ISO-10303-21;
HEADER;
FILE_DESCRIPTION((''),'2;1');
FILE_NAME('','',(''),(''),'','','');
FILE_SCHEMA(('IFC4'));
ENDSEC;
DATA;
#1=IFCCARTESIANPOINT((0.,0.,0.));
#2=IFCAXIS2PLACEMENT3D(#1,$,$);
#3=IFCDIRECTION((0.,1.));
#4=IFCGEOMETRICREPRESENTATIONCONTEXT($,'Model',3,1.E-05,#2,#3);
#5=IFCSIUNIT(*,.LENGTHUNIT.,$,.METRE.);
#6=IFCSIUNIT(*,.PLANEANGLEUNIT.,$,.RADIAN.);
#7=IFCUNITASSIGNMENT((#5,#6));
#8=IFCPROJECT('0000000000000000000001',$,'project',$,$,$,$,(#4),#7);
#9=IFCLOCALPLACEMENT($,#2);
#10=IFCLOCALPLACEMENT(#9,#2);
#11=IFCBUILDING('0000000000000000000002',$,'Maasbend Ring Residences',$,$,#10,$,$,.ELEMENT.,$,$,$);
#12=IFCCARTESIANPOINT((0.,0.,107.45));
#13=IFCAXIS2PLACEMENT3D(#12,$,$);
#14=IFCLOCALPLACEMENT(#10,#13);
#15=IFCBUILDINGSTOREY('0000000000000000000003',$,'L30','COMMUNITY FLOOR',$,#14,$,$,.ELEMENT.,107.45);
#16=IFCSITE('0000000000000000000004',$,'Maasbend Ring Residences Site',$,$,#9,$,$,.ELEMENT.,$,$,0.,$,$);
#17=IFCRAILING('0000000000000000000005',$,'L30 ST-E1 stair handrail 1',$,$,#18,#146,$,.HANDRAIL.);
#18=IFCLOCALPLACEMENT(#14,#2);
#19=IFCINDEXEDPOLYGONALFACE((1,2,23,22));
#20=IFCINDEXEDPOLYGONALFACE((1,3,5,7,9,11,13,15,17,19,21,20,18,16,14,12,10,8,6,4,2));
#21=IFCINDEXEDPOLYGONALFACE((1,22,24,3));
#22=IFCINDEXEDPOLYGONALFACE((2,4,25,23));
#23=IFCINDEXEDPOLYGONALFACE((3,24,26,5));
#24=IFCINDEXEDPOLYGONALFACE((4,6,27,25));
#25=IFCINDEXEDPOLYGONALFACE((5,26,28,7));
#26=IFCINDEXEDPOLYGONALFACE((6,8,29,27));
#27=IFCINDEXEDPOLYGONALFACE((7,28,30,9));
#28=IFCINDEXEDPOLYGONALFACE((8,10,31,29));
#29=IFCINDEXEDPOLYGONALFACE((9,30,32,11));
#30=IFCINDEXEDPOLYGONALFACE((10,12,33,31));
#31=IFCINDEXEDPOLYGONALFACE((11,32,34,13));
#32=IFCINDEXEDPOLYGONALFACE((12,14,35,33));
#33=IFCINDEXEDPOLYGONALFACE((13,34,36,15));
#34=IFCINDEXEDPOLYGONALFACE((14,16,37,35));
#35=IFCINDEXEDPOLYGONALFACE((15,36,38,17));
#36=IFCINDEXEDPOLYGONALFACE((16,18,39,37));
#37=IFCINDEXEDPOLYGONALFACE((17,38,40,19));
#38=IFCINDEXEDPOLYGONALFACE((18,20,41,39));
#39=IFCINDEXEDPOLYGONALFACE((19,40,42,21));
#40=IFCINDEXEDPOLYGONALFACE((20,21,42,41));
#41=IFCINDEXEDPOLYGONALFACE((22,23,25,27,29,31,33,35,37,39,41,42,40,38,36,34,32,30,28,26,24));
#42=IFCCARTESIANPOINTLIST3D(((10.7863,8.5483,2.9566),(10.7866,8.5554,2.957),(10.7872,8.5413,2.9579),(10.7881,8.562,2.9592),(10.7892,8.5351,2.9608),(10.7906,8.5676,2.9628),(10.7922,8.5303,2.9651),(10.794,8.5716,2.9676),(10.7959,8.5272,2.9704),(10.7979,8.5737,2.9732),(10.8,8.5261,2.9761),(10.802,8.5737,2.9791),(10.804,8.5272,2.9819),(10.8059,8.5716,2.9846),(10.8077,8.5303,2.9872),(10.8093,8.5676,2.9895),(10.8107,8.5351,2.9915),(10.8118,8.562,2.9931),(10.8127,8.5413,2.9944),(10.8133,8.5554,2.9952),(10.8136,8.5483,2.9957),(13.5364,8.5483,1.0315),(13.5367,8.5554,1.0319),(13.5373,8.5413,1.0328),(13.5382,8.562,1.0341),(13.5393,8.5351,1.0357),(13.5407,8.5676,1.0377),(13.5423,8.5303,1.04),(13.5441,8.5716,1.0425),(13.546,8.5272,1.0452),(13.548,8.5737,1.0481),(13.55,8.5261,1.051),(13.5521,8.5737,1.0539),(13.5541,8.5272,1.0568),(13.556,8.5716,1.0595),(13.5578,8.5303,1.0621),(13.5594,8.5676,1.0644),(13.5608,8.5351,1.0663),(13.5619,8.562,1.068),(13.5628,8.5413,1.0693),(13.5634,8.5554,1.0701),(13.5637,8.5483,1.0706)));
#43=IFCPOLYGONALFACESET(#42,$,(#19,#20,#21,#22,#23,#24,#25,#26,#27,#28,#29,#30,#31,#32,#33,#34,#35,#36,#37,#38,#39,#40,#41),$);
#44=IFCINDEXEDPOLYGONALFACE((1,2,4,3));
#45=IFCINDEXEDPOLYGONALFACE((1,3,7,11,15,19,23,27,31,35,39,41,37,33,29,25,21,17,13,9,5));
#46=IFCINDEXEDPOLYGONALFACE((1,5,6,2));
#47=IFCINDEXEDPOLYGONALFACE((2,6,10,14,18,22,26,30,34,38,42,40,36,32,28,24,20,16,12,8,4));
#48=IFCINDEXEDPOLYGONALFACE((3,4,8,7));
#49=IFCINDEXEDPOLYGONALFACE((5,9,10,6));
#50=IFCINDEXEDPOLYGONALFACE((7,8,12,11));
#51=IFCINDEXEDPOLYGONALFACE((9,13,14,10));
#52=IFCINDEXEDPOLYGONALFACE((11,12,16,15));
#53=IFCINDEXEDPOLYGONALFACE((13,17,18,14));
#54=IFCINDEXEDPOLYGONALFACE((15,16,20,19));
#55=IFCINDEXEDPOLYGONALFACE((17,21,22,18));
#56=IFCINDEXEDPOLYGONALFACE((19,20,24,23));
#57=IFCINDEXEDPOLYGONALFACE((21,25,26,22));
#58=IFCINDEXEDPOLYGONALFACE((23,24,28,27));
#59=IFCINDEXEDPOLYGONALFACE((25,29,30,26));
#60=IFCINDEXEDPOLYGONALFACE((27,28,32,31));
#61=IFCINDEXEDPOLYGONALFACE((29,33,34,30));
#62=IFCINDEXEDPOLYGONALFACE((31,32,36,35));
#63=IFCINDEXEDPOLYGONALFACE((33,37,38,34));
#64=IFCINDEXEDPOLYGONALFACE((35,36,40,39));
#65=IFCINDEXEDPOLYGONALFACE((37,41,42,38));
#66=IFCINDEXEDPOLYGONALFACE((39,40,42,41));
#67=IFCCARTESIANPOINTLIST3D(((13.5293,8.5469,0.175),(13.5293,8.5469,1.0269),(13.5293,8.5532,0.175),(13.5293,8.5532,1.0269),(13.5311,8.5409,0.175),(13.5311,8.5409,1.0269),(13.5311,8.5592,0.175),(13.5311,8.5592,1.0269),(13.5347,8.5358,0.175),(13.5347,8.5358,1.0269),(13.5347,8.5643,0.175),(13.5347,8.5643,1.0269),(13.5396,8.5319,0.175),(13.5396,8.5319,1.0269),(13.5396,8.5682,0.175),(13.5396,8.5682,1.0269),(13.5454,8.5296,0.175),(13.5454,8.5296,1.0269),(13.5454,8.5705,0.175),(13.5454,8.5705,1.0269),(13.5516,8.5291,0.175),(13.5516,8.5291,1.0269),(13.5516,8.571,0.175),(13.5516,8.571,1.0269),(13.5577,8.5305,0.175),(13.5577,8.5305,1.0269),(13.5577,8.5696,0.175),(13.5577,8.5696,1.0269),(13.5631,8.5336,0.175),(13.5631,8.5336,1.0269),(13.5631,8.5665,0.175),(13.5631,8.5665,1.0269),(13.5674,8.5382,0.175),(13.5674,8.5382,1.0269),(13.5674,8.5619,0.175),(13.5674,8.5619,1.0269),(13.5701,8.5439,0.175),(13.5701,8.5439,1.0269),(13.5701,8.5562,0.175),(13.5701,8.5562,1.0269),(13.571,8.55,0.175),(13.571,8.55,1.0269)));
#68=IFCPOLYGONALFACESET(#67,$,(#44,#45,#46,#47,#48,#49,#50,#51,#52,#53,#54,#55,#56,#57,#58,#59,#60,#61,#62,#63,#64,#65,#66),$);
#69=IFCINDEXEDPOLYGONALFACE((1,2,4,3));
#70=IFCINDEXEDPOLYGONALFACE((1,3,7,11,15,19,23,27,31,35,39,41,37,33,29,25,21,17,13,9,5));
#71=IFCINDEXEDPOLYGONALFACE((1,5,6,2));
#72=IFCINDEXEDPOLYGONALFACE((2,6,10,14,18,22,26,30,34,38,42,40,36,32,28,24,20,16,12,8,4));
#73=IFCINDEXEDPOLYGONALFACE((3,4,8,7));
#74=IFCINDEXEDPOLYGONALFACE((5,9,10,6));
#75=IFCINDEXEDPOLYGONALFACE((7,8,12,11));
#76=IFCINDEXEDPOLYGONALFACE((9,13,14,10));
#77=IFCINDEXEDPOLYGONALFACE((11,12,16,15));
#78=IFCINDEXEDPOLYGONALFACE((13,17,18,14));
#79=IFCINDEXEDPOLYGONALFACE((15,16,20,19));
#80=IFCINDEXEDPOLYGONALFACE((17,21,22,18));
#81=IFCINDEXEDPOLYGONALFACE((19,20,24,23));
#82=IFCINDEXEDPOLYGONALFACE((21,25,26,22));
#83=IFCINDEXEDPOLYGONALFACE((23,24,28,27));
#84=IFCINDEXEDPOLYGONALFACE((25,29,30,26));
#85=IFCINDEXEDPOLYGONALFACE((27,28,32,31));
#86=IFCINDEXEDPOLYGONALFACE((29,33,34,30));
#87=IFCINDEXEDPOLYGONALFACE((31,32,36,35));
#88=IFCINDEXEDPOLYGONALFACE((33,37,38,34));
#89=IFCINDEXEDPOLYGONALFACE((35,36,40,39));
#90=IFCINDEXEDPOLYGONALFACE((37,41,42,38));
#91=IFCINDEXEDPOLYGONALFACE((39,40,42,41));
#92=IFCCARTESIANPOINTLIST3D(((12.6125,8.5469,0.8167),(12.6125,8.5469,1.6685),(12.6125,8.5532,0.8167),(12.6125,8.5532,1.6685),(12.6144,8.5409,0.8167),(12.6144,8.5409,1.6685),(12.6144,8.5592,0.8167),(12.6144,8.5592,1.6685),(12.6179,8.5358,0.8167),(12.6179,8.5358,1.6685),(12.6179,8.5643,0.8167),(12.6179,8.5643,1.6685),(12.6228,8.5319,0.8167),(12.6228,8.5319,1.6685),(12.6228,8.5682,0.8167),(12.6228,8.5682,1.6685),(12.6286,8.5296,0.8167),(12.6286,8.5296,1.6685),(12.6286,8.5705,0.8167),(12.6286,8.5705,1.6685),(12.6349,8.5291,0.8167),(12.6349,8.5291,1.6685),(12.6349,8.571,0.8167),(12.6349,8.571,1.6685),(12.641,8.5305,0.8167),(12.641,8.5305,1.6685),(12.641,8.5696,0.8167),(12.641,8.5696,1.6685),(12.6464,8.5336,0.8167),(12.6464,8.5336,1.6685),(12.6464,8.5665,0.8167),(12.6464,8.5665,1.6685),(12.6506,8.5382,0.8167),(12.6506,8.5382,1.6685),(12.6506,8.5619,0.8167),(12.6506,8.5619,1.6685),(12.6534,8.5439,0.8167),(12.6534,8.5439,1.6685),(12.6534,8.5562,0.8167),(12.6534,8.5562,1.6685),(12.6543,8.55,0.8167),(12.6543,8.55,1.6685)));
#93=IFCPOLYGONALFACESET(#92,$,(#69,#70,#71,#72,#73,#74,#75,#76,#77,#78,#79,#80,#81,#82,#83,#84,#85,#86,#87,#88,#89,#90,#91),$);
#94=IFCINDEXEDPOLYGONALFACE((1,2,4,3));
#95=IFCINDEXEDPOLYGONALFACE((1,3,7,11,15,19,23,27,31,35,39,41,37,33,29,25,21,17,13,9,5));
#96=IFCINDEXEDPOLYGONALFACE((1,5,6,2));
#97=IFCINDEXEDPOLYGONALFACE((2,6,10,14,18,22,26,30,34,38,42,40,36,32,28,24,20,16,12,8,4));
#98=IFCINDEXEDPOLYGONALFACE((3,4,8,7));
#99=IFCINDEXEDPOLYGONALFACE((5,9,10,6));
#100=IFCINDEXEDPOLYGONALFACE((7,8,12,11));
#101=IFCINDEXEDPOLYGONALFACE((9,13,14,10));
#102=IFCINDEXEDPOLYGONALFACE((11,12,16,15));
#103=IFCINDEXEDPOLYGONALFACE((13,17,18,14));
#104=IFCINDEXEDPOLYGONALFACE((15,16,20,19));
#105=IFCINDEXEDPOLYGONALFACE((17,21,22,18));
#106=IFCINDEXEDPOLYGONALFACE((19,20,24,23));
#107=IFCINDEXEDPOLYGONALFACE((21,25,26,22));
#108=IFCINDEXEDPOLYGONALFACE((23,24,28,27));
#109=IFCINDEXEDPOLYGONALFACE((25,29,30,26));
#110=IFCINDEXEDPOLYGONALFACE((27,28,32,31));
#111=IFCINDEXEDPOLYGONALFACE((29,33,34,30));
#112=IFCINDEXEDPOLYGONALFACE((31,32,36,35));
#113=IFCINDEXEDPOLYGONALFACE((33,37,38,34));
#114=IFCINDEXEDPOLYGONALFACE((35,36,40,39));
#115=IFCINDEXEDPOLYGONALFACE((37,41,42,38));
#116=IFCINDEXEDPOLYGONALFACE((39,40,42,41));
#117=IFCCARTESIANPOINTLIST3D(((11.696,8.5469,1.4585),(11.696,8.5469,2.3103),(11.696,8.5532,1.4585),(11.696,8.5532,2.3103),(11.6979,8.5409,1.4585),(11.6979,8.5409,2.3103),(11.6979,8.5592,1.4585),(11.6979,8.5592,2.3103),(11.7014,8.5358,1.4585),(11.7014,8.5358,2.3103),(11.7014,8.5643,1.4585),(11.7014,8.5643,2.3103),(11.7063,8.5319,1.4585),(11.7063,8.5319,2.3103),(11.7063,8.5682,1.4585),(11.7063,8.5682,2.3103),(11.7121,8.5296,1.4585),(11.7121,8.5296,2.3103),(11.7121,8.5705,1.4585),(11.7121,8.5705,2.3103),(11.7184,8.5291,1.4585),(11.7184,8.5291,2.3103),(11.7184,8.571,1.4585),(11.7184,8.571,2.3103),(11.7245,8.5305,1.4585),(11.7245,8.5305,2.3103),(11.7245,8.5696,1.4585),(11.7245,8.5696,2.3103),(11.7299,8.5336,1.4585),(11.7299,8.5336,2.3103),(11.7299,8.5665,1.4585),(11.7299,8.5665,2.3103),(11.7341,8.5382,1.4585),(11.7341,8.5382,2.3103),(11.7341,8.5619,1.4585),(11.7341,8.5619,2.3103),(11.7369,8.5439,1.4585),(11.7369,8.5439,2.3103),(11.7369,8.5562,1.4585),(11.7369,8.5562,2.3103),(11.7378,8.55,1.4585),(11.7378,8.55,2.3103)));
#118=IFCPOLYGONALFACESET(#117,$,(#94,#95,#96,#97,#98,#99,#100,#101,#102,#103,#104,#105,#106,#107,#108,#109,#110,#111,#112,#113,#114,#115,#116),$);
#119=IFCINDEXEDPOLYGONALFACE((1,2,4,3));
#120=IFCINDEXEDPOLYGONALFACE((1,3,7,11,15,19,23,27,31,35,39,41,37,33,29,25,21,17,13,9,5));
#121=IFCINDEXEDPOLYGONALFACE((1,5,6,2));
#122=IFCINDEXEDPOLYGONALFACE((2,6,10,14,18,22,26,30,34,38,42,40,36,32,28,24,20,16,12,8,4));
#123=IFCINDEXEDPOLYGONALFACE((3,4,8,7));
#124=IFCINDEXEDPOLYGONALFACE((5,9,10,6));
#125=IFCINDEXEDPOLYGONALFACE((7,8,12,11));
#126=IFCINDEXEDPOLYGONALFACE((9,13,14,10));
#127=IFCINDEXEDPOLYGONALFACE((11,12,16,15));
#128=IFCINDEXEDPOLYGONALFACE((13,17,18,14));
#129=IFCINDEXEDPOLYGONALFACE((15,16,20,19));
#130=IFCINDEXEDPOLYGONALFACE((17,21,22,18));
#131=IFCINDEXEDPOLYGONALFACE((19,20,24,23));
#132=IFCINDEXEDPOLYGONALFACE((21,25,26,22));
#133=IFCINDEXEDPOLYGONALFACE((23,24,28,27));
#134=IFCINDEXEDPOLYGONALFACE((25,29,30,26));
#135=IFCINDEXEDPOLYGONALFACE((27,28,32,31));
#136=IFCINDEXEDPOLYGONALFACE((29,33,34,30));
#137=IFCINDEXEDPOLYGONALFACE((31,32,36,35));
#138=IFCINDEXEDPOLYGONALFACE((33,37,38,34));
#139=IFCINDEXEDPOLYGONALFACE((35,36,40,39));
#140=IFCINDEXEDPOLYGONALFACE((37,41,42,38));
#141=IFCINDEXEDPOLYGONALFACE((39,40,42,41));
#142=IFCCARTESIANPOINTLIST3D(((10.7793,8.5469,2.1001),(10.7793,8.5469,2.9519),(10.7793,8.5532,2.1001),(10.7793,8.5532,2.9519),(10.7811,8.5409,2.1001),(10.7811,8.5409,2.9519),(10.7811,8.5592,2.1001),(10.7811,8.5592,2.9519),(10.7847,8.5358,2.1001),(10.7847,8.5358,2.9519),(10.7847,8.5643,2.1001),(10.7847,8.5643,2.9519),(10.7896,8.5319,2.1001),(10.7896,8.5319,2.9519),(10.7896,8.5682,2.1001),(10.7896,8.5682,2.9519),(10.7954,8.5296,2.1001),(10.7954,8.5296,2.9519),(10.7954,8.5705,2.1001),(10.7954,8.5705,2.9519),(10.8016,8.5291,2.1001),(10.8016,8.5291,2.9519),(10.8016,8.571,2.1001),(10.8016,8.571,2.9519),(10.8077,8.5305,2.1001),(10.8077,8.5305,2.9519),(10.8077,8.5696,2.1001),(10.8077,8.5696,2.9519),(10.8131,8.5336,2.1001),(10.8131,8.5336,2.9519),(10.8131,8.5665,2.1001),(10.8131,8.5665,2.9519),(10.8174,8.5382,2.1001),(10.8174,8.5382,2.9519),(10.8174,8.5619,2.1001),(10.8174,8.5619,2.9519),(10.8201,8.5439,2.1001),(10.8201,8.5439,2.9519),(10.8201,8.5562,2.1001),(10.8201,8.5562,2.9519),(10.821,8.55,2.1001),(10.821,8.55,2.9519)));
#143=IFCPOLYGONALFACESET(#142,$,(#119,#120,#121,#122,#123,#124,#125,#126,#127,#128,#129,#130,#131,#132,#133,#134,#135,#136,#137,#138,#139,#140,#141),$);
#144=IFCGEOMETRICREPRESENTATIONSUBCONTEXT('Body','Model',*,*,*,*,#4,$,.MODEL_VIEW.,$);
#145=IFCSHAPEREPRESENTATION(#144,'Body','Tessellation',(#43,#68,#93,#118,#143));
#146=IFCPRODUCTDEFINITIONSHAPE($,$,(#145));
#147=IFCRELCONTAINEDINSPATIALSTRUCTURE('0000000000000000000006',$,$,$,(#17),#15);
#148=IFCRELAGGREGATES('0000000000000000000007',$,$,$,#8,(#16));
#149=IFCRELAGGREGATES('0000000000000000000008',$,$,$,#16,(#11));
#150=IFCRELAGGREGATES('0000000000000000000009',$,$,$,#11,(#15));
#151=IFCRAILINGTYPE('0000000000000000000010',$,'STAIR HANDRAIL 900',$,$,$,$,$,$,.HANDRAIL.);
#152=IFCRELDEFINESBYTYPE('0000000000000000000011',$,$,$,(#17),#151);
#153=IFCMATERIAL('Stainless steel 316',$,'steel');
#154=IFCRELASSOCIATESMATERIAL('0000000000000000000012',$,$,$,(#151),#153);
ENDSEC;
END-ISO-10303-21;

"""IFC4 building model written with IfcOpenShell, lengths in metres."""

from ifc_helpers import new_model, si_unit, direction, frame, origin, origin_2d, place, context, subcontext, project, spatial, circle, extrude, material, type_object, element, save


model = new_model("IFC4")

# Units and contexts
model_context = context("Model", 3, precision=1e-05, world=origin(), true_north=direction((0.0, 1.0)))
body_context = subcontext(model_context, "Body", "Model", "MODEL_VIEW")
ifc_project = project(units=[si_unit("LENGTHUNIT", "METRE"), si_unit("PLANEANGLEUNIT", "RADIAN")], contexts=[model_context])

# Site, building, storey
site_placement = place(None, origin())
site = spatial("IfcSite", under=ifc_project, at=site_placement, Name="Maasbend Ring Residences Site", CompositionType="ELEMENT", RefElevation=0.0)
building_placement = place(site_placement, origin())
building = spatial("IfcBuilding", under=site, at=building_placement, Name="Maasbend Ring Residences", CompositionType="ELEMENT")
storey_placement = place(building_placement, frame((0.0, 0.0, 107.45)))
storey = spatial("IfcBuildingStorey", under=building, at=storey_placement, Name="L30", Description="COMMUNITY FLOOR", CompositionType="ELEMENT", Elevation=107.45)

# Railing
ifc_material_1 = material(Name="Stainless steel 316", Category="steel")
railing_type_1 = type_object("IfcRailingType", Name="STAIR HANDRAIL 900", PredefinedType="HANDRAIL", material=ifc_material_1)
railing_1_placement = place(storey_placement, frame((13.55, 8.55, 0.175)))
element("IfcRailing", 1, at=railing_1_placement, inside=storey, type_object=railing_type_1, Name="L30 ST-E1 stair handrail 1", PredefinedType="HANDRAIL", context=body_context, shape_type="SweptSolid", body=[
    extrude(circle(Radius=0.0239, at=origin_2d()), frame((0.0, 0.0, 0.876), z_axis=(-0.819225, 0.0, 0.573472), x_axis=(0.0, -1.0, 0.0)), (0.0, 0.0, 1.0), 3.3569),
    extrude(circle(Radius=0.021, at=origin_2d()), origin(), (0.0, 0.0, 1.0), 0.8518),
    extrude(circle(Radius=0.021, at=origin_2d()), frame((-0.9167, 0.0, 0.6416)), (0.0, 0.0, 1.0), 0.8518),
    extrude(circle(Radius=0.021, at=origin_2d()), frame((-1.8333, 0.0, 1.2834)), (0.0, 0.0, 1.0), 0.8518),
    extrude(circle(Radius=0.021, at=origin_2d()), frame((-2.75, 0.0, 1.925)), (0.0, 0.0, 1.0), 0.8518),
])

save(model, "model.ifc")
